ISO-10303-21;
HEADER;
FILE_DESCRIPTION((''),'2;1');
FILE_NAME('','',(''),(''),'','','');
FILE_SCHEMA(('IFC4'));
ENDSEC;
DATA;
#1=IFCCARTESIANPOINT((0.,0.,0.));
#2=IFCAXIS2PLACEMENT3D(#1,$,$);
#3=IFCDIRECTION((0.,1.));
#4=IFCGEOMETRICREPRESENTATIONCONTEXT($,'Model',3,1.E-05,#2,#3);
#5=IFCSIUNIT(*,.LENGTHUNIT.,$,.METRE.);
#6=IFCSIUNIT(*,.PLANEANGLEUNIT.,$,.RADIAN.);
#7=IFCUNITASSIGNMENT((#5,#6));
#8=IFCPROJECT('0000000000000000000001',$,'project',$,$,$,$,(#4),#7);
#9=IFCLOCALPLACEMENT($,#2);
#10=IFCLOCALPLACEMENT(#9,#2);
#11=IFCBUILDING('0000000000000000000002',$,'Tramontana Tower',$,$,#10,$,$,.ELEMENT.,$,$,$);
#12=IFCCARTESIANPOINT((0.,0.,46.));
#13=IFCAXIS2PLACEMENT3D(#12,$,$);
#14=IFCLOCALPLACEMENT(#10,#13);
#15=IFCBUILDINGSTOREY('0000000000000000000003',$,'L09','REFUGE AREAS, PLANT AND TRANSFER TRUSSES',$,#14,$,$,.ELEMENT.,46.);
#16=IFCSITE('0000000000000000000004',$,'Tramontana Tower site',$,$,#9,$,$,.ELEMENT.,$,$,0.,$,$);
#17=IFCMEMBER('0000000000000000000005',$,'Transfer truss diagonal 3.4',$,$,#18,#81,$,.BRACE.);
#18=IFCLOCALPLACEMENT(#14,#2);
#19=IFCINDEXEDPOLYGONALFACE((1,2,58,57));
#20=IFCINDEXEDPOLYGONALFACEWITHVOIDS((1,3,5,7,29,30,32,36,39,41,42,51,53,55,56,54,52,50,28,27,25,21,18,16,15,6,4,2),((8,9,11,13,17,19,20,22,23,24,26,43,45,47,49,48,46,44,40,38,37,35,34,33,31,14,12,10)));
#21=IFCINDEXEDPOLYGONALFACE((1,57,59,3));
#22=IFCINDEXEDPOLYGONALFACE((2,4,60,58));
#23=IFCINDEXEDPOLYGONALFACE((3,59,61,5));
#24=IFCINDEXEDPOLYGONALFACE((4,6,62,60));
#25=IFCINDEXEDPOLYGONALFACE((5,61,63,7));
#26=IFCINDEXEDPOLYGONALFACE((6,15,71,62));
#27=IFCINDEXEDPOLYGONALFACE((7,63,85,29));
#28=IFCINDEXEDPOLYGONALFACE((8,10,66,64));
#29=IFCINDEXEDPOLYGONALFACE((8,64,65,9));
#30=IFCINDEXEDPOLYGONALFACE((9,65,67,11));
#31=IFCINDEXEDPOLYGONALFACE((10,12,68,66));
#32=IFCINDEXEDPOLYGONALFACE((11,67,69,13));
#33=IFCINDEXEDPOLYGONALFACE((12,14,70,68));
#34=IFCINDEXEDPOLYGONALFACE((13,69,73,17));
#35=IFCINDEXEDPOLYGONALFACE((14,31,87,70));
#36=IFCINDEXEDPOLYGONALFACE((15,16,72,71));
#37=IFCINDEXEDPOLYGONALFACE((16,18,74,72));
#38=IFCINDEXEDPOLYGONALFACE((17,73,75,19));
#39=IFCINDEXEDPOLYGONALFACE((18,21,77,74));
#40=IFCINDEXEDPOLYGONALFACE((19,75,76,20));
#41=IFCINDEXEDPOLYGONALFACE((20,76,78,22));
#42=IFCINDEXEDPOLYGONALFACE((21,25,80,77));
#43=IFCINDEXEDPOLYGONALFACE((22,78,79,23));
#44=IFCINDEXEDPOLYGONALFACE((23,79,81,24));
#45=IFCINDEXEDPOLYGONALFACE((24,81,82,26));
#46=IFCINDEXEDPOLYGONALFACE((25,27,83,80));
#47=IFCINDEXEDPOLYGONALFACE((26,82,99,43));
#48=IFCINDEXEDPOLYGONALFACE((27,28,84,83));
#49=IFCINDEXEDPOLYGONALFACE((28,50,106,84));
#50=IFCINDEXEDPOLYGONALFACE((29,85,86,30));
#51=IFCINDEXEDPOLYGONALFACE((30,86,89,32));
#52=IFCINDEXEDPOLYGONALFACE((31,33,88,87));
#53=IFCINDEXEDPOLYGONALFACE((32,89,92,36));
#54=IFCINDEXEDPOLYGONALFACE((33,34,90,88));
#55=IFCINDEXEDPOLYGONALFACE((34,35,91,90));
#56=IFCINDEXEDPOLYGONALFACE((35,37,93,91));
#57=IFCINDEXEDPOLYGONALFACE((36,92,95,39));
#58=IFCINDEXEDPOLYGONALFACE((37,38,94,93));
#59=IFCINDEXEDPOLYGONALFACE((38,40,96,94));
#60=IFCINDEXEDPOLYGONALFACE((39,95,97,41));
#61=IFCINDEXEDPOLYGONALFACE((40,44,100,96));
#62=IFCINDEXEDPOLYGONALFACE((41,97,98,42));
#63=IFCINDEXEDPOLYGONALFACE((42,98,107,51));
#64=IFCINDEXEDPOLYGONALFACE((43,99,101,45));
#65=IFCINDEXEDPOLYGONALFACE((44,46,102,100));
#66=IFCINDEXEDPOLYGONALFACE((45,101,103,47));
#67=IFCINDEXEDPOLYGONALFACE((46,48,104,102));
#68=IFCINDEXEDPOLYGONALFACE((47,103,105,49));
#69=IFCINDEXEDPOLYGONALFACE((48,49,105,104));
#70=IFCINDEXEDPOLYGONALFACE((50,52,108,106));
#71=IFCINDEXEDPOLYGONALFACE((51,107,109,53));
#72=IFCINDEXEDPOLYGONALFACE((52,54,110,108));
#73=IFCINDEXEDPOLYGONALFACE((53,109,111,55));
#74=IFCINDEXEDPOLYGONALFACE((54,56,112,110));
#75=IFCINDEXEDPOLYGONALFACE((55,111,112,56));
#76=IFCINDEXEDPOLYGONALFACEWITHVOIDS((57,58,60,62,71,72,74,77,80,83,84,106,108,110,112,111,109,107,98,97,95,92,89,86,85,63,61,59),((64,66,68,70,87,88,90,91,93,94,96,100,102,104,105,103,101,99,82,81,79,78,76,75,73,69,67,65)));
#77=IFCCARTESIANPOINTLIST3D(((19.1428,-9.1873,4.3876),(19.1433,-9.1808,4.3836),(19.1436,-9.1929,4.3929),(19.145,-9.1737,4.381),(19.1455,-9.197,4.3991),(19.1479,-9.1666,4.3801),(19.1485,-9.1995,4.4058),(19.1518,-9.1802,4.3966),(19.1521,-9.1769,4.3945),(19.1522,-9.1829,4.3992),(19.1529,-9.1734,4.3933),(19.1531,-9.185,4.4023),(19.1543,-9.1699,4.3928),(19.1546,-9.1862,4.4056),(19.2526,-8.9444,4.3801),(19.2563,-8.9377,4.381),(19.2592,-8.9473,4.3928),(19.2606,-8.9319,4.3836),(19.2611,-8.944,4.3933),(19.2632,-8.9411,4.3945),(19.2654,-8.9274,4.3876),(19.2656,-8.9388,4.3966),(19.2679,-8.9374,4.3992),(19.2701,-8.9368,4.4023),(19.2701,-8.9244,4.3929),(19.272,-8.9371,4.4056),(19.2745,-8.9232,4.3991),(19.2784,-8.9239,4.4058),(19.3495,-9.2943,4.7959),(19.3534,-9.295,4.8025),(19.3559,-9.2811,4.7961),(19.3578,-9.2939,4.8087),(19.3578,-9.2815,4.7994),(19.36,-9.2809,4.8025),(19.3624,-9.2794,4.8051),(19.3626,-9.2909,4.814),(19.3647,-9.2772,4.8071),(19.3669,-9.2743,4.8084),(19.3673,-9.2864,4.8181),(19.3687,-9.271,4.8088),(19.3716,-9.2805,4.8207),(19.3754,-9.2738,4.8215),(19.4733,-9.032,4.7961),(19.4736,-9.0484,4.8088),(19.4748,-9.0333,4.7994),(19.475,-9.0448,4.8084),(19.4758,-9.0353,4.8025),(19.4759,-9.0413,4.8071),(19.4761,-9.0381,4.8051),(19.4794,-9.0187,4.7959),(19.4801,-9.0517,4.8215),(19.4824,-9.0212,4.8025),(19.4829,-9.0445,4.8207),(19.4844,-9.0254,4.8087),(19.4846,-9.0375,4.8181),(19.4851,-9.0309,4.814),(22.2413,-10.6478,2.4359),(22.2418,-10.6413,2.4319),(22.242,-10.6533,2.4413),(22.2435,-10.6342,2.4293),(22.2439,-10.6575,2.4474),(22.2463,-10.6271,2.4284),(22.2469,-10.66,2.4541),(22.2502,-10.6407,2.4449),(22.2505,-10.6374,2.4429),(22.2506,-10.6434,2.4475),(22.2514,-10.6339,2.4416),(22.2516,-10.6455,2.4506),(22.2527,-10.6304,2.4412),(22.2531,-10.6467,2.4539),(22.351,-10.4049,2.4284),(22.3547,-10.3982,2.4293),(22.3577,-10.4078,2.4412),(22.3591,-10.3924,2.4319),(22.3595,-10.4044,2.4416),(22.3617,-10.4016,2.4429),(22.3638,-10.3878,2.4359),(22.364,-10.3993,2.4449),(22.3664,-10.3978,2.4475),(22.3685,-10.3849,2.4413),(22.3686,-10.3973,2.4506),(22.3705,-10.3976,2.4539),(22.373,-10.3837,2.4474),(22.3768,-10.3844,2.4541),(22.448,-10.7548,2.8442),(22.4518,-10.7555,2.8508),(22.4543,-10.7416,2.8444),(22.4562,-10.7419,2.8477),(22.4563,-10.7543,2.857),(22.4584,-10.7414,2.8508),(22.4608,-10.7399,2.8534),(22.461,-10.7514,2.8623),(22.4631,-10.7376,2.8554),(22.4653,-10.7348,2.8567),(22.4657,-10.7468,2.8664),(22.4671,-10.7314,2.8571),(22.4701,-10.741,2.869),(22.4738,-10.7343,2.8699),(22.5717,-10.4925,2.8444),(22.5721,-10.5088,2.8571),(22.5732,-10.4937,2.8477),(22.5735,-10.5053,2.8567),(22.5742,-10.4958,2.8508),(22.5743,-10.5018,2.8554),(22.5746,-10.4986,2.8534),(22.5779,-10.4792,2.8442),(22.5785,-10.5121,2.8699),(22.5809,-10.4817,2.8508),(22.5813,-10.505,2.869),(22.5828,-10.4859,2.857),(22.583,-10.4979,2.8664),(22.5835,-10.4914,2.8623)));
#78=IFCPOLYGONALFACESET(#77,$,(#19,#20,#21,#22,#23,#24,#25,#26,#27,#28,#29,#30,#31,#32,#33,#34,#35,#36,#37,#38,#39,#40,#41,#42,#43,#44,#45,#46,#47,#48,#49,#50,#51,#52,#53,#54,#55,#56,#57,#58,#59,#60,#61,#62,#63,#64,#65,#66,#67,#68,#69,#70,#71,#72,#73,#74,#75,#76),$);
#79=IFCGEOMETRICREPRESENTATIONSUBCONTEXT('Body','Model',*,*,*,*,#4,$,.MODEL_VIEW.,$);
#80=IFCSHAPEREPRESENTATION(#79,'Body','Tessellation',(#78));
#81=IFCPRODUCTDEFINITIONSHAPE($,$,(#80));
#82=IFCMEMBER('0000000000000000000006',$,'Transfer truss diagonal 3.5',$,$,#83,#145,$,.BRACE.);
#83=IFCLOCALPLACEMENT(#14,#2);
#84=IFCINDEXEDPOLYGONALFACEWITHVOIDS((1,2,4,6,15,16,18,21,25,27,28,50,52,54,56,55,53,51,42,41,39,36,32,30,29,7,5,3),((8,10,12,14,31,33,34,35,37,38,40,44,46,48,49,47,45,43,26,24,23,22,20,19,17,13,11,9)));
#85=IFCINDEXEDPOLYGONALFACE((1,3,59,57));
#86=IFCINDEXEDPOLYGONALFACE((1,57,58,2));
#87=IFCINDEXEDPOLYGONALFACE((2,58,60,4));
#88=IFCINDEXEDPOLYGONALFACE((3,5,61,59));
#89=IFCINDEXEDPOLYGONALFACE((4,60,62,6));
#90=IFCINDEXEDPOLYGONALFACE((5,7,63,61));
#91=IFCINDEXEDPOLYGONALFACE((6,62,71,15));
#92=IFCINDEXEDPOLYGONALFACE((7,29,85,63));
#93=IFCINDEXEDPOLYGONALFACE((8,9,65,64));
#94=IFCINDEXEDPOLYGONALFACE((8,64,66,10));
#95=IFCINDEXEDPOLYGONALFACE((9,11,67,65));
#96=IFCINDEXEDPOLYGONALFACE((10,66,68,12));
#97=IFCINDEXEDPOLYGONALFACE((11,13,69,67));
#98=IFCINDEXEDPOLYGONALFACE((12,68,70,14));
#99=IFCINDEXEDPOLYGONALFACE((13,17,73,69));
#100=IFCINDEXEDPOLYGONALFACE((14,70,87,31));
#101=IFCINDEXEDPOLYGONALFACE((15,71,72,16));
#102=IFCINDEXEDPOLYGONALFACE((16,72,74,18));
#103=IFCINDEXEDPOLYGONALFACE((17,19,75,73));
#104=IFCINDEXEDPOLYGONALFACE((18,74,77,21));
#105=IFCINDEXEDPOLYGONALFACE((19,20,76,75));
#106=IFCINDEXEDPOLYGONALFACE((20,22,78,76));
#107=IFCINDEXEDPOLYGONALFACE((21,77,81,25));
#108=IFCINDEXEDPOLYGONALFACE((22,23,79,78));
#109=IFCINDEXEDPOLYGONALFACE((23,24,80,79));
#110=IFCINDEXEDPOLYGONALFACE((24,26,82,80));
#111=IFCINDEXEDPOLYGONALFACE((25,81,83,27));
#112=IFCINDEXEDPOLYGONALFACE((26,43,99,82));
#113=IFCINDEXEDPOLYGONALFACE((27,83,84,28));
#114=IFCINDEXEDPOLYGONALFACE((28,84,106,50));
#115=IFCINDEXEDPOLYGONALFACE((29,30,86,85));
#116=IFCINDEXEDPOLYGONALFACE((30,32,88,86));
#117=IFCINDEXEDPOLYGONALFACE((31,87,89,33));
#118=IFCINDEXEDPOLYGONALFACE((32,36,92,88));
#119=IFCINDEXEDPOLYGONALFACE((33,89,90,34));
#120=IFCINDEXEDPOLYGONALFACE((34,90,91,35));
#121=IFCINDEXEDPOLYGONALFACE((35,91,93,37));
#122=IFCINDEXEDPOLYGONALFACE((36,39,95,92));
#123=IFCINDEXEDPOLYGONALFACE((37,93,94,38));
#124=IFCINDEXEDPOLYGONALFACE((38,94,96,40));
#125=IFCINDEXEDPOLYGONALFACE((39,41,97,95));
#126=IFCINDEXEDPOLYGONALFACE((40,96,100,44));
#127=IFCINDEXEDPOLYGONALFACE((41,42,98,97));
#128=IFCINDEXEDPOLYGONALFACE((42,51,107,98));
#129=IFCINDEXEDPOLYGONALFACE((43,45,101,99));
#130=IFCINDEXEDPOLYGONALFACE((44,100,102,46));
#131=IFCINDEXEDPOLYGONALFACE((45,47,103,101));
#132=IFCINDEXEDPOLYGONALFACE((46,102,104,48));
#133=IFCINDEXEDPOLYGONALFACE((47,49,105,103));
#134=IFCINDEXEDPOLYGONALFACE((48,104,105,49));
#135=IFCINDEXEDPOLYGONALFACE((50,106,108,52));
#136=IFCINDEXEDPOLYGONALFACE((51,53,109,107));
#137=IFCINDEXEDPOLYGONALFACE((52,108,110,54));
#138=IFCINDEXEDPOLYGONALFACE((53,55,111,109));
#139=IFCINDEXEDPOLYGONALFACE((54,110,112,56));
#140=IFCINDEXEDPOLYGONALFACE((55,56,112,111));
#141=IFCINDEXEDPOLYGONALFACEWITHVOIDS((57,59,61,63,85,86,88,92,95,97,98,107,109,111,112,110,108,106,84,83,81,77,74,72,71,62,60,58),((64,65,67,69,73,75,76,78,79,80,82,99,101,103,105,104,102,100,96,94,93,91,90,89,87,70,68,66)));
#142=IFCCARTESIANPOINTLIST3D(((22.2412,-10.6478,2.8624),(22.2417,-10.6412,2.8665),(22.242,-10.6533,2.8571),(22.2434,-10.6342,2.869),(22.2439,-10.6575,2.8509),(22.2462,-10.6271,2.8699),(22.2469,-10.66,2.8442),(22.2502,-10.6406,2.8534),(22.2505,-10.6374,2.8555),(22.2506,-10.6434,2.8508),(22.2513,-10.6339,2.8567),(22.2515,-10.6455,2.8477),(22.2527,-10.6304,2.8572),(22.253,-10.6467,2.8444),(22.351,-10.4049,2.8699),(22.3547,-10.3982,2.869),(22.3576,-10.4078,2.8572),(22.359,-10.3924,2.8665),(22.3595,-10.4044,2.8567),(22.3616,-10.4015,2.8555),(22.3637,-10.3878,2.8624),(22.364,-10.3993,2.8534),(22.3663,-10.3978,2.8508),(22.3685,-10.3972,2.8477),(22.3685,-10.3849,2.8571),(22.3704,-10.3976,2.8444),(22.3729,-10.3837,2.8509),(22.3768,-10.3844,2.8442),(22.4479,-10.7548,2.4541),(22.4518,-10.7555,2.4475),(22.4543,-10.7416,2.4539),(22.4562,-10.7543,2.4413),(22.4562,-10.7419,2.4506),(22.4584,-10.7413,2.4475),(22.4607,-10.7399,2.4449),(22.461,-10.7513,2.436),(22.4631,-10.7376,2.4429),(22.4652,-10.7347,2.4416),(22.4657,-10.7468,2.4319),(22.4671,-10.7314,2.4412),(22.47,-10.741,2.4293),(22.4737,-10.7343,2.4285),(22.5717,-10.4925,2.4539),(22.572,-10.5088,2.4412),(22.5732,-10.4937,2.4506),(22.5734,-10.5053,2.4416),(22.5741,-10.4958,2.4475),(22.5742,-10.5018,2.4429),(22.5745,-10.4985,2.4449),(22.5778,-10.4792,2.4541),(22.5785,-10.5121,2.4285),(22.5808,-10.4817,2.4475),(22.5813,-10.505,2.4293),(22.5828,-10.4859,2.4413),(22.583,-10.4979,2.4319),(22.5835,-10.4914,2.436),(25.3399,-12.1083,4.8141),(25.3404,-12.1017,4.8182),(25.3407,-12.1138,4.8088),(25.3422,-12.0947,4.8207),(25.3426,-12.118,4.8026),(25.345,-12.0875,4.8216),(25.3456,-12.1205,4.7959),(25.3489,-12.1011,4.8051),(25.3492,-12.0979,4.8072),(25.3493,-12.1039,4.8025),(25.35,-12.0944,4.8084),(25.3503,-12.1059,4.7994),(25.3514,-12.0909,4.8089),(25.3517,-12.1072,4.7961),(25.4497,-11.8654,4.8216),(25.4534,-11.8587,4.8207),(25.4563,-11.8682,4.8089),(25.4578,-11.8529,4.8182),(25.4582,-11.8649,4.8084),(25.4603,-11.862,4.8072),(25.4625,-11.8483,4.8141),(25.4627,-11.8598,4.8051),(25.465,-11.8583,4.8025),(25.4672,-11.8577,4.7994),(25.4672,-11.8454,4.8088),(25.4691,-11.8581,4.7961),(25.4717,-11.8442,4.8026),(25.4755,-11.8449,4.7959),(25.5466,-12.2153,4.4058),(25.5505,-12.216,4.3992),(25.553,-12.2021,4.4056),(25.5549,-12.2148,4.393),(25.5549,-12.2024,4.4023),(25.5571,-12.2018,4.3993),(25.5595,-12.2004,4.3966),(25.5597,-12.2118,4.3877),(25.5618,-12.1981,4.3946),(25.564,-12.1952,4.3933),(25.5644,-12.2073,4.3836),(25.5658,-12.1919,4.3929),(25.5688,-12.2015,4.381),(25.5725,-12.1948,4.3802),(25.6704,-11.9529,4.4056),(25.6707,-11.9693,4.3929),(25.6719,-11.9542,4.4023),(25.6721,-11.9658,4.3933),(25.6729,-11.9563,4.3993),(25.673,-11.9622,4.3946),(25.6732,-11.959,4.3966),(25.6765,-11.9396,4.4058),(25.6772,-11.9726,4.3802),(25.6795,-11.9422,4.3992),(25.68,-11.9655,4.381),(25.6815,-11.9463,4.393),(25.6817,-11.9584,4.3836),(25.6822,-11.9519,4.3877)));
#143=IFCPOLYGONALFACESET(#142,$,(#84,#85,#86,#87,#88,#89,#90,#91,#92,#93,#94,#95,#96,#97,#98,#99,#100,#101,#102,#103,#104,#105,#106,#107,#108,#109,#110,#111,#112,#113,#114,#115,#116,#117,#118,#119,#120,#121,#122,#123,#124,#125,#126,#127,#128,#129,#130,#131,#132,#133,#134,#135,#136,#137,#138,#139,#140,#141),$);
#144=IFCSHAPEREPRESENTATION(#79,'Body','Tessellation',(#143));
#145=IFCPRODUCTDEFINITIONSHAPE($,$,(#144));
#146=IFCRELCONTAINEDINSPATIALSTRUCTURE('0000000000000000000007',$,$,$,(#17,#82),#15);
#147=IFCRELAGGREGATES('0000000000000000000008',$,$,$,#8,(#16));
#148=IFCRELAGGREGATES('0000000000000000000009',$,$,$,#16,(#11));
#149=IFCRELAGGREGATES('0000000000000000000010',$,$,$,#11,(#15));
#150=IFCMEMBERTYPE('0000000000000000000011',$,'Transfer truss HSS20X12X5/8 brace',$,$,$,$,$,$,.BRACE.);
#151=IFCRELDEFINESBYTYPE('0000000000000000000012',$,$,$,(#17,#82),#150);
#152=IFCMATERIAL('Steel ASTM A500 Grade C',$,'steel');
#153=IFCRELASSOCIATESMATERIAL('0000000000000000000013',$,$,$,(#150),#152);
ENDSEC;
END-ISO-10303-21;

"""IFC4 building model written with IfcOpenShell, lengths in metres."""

from ifc_helpers import new_model, si_unit, direction, frame, origin, origin_2d, place, context, subcontext, project, spatial, hollow_rectangle, extrude, material, material_profile, profile_set, type_object, element, save


model = new_model("IFC4")

# Units and contexts
model_context = context("Model", 3, precision=1e-05, world=origin(), true_north=direction((0.0, 1.0)))
body_context = subcontext(model_context, "Body", "Model", "MODEL_VIEW")
ifc_project = project(units=[si_unit("LENGTHUNIT", "METRE"), si_unit("PLANEANGLEUNIT", "RADIAN")], contexts=[model_context])

# Site, building, storey
site_placement = place(None, origin())
site = spatial("IfcSite", under=ifc_project, at=site_placement, Name="Tramontana Tower site", CompositionType="ELEMENT", RefElevation=0.0)
building_placement = place(site_placement, origin())
building = spatial("IfcBuilding", under=site, at=building_placement, Name="Tramontana Tower", CompositionType="ELEMENT")
storey_placement = place(building_placement, frame((0.0, 0.0, 46.0)))
storey = spatial("IfcBuildingStorey", under=building, at=storey_placement, Name="L09", Description="REFUGE AREAS, PLANT AND TRANSFER TRUSSES", CompositionType="ELEMENT", Elevation=46.0)

# Members
ifc_material_1 = material(Name="Steel ASTM A500 Grade C", Category="steel")
ifc_material_profile_1 = material_profile(ifc_material_1, hollow_rectangle(XDim=0.3047, YDim=0.5081, WallThickness=0.0146, InnerFilletRadius=0.0146, OuterFilletRadius=0.0295, at=origin_2d()), Name="HSS20X12X5/8")
ifc_profile_set_1 = profile_set([ifc_material_profile_1], Name="Steel ASTM A500 Grade C")
member_type_1 = type_object("IfcMemberType", Name="Transfer truss HSS20X12X5/8 brace", PredefinedType="BRACE", material=ifc_profile_set_1)
member_1_placement = place(storey_placement, frame((19.314, -9.1091, 4.6008), z_axis=(0.78593, -0.370454, -0.495053), x_axis=(0.426367, 0.90455, 0.0)))
element("IfcMember", 1, at=member_1_placement, inside=storey, type_object=member_type_1, Name="Transfer truss diagonal 3.4", PredefinedType="BRACE", context=body_context, shape_type="SweptSolid", body=[
    extrude(hollow_rectangle(XDim=0.3047, YDim=0.5081, WallThickness=0.0146, InnerFilletRadius=0.0146, OuterFilletRadius=0.0295, at=origin_2d()), origin(), (0.0, 0.0, 1.0), 3.9424),
])
member_2_placement = place(storey_placement, frame((22.4124, -10.5696, 2.6492), z_axis=(0.785954, -0.370436, 0.495029), x_axis=(0.426339, 0.904563, 0.0)))
element("IfcMember", 2, at=member_2_placement, inside=storey, type_object=member_type_1, Name="Transfer truss diagonal 3.5", PredefinedType="BRACE", context=body_context, shape_type="SweptSolid", body=[
    extrude(hollow_rectangle(XDim=0.3047, YDim=0.5081, WallThickness=0.0146, InnerFilletRadius=0.0146, OuterFilletRadius=0.0295, at=origin_2d()), origin(), (0.0, 0.0, 1.0), 3.9426),
])

save(model, "model.ifc")
